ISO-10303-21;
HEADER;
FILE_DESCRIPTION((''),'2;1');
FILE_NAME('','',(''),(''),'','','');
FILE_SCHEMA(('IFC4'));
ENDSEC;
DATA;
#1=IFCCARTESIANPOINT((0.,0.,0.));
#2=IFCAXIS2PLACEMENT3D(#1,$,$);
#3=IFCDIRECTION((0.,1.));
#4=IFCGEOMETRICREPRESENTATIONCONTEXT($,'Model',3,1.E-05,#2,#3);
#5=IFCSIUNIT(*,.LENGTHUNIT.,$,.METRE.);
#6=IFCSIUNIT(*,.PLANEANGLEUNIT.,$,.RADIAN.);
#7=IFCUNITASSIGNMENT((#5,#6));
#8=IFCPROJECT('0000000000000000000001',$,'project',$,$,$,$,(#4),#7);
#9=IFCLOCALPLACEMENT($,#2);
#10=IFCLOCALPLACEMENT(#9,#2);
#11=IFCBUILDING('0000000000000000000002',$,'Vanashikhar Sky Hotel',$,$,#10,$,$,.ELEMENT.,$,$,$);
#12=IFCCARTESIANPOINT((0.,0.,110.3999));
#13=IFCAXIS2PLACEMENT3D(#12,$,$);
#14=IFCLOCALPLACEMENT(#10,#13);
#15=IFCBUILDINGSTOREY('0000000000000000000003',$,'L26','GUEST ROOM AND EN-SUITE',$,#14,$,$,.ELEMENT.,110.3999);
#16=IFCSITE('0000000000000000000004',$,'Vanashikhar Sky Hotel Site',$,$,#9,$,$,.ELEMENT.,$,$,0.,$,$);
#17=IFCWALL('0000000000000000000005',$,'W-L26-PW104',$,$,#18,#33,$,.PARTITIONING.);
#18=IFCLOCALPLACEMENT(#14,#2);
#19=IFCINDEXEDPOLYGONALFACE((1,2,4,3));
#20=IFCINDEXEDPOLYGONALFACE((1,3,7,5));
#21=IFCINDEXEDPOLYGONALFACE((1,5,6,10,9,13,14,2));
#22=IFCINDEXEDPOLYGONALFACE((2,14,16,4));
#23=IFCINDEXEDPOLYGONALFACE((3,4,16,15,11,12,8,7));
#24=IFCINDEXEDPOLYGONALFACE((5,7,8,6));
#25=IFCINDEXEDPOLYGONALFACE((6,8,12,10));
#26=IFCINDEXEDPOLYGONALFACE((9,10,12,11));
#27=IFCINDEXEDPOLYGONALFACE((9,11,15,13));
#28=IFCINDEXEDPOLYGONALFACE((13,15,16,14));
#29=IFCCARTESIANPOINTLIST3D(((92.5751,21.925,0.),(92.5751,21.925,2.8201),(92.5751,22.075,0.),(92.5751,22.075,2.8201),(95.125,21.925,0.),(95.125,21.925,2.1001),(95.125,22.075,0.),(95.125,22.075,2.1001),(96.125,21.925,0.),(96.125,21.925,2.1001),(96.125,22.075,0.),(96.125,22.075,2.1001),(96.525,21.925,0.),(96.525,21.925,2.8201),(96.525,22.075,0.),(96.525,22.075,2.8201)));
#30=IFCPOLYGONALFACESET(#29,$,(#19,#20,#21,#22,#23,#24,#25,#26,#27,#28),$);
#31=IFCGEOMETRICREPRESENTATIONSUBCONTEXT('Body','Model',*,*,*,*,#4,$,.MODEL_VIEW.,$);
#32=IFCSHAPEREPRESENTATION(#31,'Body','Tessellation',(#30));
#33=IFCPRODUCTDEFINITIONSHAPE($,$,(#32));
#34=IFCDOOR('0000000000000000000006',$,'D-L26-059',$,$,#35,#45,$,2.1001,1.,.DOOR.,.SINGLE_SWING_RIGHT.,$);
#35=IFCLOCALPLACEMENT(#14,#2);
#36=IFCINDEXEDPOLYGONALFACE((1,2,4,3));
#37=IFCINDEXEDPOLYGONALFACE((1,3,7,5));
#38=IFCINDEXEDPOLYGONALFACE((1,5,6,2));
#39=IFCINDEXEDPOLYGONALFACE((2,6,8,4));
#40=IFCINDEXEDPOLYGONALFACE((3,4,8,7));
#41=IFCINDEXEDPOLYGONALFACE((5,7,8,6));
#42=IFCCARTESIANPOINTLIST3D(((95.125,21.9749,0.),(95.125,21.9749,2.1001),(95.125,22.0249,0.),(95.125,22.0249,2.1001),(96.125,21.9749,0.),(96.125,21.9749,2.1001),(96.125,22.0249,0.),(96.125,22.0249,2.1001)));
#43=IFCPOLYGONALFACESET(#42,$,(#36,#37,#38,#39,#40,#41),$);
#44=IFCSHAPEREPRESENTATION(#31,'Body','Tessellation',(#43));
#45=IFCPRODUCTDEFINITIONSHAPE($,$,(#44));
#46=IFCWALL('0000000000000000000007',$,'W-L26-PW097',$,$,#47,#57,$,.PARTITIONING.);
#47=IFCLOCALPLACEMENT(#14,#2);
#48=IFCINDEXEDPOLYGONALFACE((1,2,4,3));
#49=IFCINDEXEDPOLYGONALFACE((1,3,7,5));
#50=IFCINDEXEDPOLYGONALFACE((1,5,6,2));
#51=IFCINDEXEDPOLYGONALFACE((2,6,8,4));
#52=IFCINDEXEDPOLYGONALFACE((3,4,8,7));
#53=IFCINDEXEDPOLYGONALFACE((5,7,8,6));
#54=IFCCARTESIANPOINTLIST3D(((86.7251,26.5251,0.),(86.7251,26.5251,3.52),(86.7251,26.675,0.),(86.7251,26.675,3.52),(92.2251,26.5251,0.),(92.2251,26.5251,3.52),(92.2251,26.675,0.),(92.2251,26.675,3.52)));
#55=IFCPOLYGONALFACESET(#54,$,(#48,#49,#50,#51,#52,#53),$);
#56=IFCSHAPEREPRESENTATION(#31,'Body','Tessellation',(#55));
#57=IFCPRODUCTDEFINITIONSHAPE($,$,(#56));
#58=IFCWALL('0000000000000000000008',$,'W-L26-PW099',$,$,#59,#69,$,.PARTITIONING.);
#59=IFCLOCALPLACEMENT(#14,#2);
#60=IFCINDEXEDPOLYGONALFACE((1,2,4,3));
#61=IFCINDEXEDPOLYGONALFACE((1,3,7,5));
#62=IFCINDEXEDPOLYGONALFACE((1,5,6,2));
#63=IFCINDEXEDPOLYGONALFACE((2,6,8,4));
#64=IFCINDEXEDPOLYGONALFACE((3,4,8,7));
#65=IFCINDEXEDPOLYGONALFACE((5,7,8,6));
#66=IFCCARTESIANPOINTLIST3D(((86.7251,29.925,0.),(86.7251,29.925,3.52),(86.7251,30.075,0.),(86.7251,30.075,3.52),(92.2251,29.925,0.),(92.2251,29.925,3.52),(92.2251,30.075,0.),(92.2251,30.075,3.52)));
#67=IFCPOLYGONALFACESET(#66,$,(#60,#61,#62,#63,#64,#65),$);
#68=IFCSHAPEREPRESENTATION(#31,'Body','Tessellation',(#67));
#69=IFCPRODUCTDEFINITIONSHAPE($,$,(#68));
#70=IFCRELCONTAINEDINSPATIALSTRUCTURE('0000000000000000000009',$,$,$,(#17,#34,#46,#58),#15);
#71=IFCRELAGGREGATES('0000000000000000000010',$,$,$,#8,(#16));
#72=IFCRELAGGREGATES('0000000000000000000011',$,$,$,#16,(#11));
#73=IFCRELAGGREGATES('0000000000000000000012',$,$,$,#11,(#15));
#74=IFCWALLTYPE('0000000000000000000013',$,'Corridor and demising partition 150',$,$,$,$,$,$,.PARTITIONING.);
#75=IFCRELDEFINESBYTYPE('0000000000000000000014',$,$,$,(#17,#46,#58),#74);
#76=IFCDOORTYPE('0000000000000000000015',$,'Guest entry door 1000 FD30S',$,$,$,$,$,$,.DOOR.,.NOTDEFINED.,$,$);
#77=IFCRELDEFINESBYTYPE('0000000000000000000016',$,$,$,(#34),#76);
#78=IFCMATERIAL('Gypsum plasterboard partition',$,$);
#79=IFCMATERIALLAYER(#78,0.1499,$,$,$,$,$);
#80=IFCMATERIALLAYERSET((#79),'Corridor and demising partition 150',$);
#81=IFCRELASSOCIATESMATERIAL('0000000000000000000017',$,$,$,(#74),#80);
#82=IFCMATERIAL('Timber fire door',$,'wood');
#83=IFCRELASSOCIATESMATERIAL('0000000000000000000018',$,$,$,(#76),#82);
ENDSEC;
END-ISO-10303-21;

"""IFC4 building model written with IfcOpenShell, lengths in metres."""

from ifc_helpers import new_model, si_unit, direction, frame, frame_2d, origin, place, context, subcontext, project, spatial, rectangle, extrude, source, transform, mapped, material, layer, layer_set, type_object, element, fill, save


model = new_model("IFC4")

# Units and contexts
model_context = context("Model", 3, precision=1e-05, world=origin(), true_north=direction((0.0, 1.0)))
body_context = subcontext(model_context, "Body", "Model", "MODEL_VIEW")
ifc_project = project(units=[si_unit("LENGTHUNIT", "METRE"), si_unit("PLANEANGLEUNIT", "RADIAN")], contexts=[model_context])

# Site, building, storey
site_placement = place(None, origin())
site = spatial("IfcSite", under=ifc_project, at=site_placement, Name="Vanashikhar Sky Hotel Site", CompositionType="ELEMENT", RefElevation=0.0)
building_placement = place(site_placement, origin())
building = spatial("IfcBuilding", under=site, at=building_placement, Name="Vanashikhar Sky Hotel", CompositionType="ELEMENT")
storey_placement = place(building_placement, frame((0.0, 0.0, 110.3999)))
storey = spatial("IfcBuildingStorey", under=building, at=storey_placement, Name="L26", Description="GUEST ROOM AND EN-SUITE", CompositionType="ELEMENT", Elevation=110.3999)

# Shared definitions
ifc_material_1 = material(Name="Gypsum plasterboard partition")
ifc_layer_1 = layer(ifc_material_1, 0.1499)
ifc_layer_set_1 = layer_set([ifc_layer_1], Name="Corridor and demising partition 150")
wall_type_1 = type_object("IfcWallType", Name="Corridor and demising partition 150", PredefinedType="PARTITIONING", material=ifc_layer_set_1)
shared_shape_1 = source(origin(), body_context, "Body", "SweptSolid", [
    extrude(rectangle(XDim=1.0, YDim=2.1001, at=frame_2d((0.5, 1.05))), frame((0.0, 0.085, 0.0), z_axis=(0.0, -1.0, 0.0), x_axis=(1.0, 0.0, 0.0)), (0.0, 0.0, 1.0), 0.1699),
])
ifc_material_2 = material(Name="Timber fire door", Category="wood")
door_type_1 = type_object("IfcDoorType", Name="Guest entry door 1000 FD30S", OperationType="NOTDEFINED", PredefinedType="DOOR", material=ifc_material_2)
shared_shape_2 = source(origin(), body_context, "Body", "SweptSolid", [
    extrude(rectangle(XDim=1.0, YDim=2.1001, at=frame_2d((0.5, 1.05))), frame((0.0, 0.0249, 0.0), z_axis=(0.0, -1.0, 0.0), x_axis=(1.0, 0.0, 0.0)), (0.0, 0.0, 1.0), 0.05),
])

# Wall, opening, door
shared_shape_3 = source(origin(), body_context, "Body", "SweptSolid", [
    extrude(rectangle(XDim=3.95, YDim=0.1499, at=frame_2d((1.9751, 0.0))), origin(), (0.0, 0.0, 1.0), 2.8201),
])
wall_1_placement = place(storey_placement, frame((92.575, 22.0, 0.0), z_axis=(0.0, 0.0, 1.0), x_axis=(1.0, 0.0, 0.0)))
wall_1 = element("IfcWall", 1, at=wall_1_placement, inside=storey, type_object=wall_type_1, Name="W-L26-PW104", PredefinedType="PARTITIONING", context=body_context, shape_type="MappedRepresentation", body=[
    mapped(shared_shape_3, transform((0.0, 0.0, 0.0), scale=1.0)),
])
opening_1_placement = place(wall_1_placement, frame((2.55, 0.0, 0.0)))
opening_1 = element("IfcOpeningElement", 2, at=opening_1_placement, cuts=wall_1, PredefinedType="OPENING", context=body_context, shape_type="MappedRepresentation", body=[
    mapped(shared_shape_1, transform((0.0, 0.0, 0.0), scale=1.0)),
])
door_1_placement = place(opening_1_placement, origin())
door_1 = element("IfcDoor", 3, at=door_1_placement, inside=storey, type_object=door_type_1, Name="D-L26-059", OperationType="SINGLE_SWING_RIGHT", OverallHeight=2.1001, OverallWidth=1.0, PredefinedType="DOOR", context=body_context, shape_type="MappedRepresentation", body=[
    mapped(shared_shape_2, transform((0.0, 0.0, 0.0), scale=1.0)),
])
fill(opening_1, door_1)

# Walls
shared_shape_4 = source(origin(), body_context, "Body", "SweptSolid", [
    extrude(rectangle(XDim=5.5, YDim=0.1499, at=frame_2d((2.75, 0.0))), origin(), (0.0, 0.0, 1.0), 3.52),
])
for number, where, z_axis, x_axis, name in (
    (4, (86.7251, 26.6001, 0.0), (0.0, 0.0, 1.0), (1.0, 0.0, 0.0), "W-L26-PW097"),
    (5, (86.7251, 30.0, 0.0), (0.0, 0.0, 1.0), (1.0, 0.0, 0.0), "W-L26-PW099"),
):
    element("IfcWall", number, at=place(storey_placement, frame(where, z_axis=z_axis, x_axis=x_axis)), inside=storey, type_object=wall_type_1, Name=name, PredefinedType="PARTITIONING", context=body_context, shape_type="MappedRepresentation", body=[
        mapped(shared_shape_4, transform((0.0, 0.0, 0.0), scale=1.0)),
    ])

save(model, "model.ifc")
